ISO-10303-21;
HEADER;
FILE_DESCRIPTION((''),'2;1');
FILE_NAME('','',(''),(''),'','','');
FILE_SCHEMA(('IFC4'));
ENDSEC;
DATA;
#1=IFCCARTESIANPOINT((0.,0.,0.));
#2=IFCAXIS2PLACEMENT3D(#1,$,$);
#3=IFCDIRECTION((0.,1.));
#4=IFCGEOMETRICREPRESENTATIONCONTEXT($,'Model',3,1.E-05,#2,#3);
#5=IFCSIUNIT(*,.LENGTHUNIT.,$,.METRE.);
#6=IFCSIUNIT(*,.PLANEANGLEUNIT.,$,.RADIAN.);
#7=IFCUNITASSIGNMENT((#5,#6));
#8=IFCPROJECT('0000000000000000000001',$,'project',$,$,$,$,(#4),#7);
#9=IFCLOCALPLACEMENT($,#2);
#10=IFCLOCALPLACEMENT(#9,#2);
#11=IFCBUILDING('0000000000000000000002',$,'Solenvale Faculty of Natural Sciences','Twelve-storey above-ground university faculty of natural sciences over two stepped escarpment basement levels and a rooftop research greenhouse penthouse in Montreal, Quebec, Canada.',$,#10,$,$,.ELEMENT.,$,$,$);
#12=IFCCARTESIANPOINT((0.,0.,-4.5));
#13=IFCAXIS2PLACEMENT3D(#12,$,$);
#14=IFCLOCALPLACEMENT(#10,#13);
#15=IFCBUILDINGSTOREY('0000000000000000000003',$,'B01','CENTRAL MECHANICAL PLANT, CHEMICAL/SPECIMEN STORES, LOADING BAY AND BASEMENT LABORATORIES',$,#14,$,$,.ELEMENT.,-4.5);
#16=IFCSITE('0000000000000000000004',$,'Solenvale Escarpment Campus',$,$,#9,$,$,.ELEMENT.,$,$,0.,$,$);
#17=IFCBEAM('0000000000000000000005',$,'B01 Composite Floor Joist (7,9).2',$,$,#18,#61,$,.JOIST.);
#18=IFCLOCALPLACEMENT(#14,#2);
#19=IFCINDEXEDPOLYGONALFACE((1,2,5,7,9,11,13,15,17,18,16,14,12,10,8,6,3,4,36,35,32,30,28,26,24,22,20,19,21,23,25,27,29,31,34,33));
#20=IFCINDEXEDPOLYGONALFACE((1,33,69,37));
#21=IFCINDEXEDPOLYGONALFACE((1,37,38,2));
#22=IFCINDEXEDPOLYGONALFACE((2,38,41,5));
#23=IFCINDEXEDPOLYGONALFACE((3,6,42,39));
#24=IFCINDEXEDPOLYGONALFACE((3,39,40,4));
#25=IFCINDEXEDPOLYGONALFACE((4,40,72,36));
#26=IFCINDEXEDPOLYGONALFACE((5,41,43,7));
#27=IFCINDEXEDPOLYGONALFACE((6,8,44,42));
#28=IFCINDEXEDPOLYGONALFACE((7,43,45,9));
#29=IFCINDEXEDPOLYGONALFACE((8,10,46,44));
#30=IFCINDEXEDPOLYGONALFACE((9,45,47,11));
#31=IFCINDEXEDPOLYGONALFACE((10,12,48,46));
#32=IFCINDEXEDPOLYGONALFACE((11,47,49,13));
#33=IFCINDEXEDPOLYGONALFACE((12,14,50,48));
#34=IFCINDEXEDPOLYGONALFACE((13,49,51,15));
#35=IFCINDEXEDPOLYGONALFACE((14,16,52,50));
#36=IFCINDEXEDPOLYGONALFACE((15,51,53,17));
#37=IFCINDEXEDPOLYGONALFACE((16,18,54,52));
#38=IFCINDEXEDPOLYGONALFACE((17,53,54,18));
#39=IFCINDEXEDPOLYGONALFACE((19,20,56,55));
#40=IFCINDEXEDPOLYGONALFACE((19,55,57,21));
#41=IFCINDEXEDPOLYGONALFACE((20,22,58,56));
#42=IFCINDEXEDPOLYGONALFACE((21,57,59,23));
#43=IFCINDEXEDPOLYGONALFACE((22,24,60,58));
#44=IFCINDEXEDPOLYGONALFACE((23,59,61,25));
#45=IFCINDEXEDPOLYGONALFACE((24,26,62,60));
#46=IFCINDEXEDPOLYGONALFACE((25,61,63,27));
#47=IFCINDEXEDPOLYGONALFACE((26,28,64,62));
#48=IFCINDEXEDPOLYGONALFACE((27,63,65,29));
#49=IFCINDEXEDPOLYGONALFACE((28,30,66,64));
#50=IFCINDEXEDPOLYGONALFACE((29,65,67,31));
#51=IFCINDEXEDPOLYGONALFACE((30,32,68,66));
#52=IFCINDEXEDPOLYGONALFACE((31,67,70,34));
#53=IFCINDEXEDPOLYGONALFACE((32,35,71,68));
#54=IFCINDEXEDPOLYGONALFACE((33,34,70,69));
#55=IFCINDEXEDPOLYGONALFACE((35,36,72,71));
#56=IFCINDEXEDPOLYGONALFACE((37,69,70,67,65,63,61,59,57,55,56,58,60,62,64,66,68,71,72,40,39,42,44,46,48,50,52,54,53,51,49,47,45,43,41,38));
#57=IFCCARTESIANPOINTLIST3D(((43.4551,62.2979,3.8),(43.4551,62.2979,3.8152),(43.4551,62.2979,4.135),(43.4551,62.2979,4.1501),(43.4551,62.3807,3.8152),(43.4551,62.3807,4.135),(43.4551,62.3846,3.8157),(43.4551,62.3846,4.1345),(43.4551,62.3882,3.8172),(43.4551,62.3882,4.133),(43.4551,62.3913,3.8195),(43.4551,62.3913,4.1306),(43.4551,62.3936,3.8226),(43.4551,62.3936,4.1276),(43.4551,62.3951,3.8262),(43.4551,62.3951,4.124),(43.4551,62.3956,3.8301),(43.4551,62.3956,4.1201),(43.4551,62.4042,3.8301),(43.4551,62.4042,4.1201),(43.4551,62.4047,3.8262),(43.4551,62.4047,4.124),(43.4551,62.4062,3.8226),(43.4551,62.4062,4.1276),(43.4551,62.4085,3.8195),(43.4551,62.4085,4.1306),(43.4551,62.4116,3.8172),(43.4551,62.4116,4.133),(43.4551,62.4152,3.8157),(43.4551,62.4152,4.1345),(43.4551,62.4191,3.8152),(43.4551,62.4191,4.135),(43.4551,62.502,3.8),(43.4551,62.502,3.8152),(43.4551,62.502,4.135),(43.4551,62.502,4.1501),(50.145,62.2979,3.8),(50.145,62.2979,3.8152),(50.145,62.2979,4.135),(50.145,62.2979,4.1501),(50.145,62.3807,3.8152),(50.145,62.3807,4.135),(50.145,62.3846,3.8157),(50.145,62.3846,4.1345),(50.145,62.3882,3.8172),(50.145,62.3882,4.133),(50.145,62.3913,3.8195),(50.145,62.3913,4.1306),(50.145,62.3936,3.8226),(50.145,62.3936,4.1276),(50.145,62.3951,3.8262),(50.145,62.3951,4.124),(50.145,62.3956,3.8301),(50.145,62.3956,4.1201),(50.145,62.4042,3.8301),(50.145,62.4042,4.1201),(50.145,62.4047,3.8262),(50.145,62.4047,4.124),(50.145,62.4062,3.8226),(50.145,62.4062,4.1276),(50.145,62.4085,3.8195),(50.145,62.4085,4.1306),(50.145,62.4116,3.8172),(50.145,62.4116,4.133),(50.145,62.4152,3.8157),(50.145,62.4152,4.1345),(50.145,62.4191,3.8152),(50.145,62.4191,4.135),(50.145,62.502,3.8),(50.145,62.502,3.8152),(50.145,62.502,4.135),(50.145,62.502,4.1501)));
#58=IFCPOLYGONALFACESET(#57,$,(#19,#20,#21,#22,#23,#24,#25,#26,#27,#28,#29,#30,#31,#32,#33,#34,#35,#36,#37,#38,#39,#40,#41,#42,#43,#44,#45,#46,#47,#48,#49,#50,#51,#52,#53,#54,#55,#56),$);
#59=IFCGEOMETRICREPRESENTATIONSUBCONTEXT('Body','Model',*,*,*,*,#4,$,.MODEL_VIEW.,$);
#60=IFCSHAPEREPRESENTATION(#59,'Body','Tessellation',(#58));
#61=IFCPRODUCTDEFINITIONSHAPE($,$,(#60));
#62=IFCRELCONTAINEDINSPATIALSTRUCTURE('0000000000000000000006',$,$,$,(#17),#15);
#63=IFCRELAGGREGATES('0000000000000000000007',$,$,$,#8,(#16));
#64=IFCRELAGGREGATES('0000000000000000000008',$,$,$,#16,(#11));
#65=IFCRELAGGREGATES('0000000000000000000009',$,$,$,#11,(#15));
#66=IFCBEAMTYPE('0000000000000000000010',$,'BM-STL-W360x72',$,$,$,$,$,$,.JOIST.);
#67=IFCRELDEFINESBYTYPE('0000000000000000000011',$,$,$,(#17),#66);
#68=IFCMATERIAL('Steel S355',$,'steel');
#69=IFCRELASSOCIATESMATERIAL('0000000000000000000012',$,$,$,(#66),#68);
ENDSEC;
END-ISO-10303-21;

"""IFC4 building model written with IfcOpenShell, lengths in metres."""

from ifc_helpers import new_model, si_unit, direction, frame, origin, origin_2d, place, context, subcontext, project, spatial, i_section, extrude, material, material_profile, profile_set, type_object, element, save


model = new_model("IFC4")

# Units and contexts
model_context = context("Model", 3, precision=1e-05, world=origin(), true_north=direction((0.0, 1.0)))
body_context = subcontext(model_context, "Body", "Model", "MODEL_VIEW")
ifc_project = project(units=[si_unit("LENGTHUNIT", "METRE"), si_unit("PLANEANGLEUNIT", "RADIAN")], contexts=[model_context])

# Site, building, storey
site_placement = place(None, origin())
site = spatial("IfcSite", under=ifc_project, at=site_placement, Name="Solenvale Escarpment Campus", CompositionType="ELEMENT", RefElevation=0.0)
building_placement = place(site_placement, origin())
building = spatial("IfcBuilding", under=site, at=building_placement, Name="Solenvale Faculty of Natural Sciences", Description="Twelve-storey above-ground university faculty of natural sciences over two stepped escarpment basement levels and a rooftop research greenhouse penthouse in Montreal, Quebec, Canada.", CompositionType="ELEMENT")
storey_placement = place(building_placement, frame((0.0, 0.0, -4.5)))
storey = spatial("IfcBuildingStorey", under=building, at=storey_placement, Name="B01", Description="CENTRAL MECHANICAL PLANT, CHEMICAL/SPECIMEN STORES, LOADING BAY AND BASEMENT LABORATORIES", CompositionType="ELEMENT", Elevation=-4.5)

# Beam
ifc_material_1 = material(Name="Steel S355", Category="steel")
ifc_material_profile_1 = material_profile(ifc_material_1, i_section(OverallWidth=0.2041, OverallDepth=0.3501, WebThickness=0.0085, FlangeThickness=0.0151, FilletRadius=0.0149, at=origin_2d()), Name="W360x72")
ifc_profile_set_1 = profile_set([ifc_material_profile_1], Name="Steel S355")
beam_type_1 = type_object("IfcBeamType", Name="BM-STL-W360x72", PredefinedType="JOIST", material=ifc_profile_set_1)
for number, where, z_axis, x_axis, name in (
    (1, (43.4551, 62.3999, 3.9751), (1.0, 0.0, 0.0), (0.0, 1.0, 0.0), "B01 Composite Floor Joist (7,9).2"),
):
    element("IfcBeam", number, at=place(storey_placement, frame(where, z_axis=z_axis, x_axis=x_axis)), inside=storey, type_object=beam_type_1, Name=name, PredefinedType="JOIST", context=body_context, shape_type="SweptSolid", body=[
        extrude(i_section(OverallWidth=0.2041, OverallDepth=0.3501, WebThickness=0.0085, FlangeThickness=0.0151, FilletRadius=0.0149, at=origin_2d()), origin(), (0.0, 0.0, 1.0), 6.6899),
    ])

save(model, "model.ifc")
